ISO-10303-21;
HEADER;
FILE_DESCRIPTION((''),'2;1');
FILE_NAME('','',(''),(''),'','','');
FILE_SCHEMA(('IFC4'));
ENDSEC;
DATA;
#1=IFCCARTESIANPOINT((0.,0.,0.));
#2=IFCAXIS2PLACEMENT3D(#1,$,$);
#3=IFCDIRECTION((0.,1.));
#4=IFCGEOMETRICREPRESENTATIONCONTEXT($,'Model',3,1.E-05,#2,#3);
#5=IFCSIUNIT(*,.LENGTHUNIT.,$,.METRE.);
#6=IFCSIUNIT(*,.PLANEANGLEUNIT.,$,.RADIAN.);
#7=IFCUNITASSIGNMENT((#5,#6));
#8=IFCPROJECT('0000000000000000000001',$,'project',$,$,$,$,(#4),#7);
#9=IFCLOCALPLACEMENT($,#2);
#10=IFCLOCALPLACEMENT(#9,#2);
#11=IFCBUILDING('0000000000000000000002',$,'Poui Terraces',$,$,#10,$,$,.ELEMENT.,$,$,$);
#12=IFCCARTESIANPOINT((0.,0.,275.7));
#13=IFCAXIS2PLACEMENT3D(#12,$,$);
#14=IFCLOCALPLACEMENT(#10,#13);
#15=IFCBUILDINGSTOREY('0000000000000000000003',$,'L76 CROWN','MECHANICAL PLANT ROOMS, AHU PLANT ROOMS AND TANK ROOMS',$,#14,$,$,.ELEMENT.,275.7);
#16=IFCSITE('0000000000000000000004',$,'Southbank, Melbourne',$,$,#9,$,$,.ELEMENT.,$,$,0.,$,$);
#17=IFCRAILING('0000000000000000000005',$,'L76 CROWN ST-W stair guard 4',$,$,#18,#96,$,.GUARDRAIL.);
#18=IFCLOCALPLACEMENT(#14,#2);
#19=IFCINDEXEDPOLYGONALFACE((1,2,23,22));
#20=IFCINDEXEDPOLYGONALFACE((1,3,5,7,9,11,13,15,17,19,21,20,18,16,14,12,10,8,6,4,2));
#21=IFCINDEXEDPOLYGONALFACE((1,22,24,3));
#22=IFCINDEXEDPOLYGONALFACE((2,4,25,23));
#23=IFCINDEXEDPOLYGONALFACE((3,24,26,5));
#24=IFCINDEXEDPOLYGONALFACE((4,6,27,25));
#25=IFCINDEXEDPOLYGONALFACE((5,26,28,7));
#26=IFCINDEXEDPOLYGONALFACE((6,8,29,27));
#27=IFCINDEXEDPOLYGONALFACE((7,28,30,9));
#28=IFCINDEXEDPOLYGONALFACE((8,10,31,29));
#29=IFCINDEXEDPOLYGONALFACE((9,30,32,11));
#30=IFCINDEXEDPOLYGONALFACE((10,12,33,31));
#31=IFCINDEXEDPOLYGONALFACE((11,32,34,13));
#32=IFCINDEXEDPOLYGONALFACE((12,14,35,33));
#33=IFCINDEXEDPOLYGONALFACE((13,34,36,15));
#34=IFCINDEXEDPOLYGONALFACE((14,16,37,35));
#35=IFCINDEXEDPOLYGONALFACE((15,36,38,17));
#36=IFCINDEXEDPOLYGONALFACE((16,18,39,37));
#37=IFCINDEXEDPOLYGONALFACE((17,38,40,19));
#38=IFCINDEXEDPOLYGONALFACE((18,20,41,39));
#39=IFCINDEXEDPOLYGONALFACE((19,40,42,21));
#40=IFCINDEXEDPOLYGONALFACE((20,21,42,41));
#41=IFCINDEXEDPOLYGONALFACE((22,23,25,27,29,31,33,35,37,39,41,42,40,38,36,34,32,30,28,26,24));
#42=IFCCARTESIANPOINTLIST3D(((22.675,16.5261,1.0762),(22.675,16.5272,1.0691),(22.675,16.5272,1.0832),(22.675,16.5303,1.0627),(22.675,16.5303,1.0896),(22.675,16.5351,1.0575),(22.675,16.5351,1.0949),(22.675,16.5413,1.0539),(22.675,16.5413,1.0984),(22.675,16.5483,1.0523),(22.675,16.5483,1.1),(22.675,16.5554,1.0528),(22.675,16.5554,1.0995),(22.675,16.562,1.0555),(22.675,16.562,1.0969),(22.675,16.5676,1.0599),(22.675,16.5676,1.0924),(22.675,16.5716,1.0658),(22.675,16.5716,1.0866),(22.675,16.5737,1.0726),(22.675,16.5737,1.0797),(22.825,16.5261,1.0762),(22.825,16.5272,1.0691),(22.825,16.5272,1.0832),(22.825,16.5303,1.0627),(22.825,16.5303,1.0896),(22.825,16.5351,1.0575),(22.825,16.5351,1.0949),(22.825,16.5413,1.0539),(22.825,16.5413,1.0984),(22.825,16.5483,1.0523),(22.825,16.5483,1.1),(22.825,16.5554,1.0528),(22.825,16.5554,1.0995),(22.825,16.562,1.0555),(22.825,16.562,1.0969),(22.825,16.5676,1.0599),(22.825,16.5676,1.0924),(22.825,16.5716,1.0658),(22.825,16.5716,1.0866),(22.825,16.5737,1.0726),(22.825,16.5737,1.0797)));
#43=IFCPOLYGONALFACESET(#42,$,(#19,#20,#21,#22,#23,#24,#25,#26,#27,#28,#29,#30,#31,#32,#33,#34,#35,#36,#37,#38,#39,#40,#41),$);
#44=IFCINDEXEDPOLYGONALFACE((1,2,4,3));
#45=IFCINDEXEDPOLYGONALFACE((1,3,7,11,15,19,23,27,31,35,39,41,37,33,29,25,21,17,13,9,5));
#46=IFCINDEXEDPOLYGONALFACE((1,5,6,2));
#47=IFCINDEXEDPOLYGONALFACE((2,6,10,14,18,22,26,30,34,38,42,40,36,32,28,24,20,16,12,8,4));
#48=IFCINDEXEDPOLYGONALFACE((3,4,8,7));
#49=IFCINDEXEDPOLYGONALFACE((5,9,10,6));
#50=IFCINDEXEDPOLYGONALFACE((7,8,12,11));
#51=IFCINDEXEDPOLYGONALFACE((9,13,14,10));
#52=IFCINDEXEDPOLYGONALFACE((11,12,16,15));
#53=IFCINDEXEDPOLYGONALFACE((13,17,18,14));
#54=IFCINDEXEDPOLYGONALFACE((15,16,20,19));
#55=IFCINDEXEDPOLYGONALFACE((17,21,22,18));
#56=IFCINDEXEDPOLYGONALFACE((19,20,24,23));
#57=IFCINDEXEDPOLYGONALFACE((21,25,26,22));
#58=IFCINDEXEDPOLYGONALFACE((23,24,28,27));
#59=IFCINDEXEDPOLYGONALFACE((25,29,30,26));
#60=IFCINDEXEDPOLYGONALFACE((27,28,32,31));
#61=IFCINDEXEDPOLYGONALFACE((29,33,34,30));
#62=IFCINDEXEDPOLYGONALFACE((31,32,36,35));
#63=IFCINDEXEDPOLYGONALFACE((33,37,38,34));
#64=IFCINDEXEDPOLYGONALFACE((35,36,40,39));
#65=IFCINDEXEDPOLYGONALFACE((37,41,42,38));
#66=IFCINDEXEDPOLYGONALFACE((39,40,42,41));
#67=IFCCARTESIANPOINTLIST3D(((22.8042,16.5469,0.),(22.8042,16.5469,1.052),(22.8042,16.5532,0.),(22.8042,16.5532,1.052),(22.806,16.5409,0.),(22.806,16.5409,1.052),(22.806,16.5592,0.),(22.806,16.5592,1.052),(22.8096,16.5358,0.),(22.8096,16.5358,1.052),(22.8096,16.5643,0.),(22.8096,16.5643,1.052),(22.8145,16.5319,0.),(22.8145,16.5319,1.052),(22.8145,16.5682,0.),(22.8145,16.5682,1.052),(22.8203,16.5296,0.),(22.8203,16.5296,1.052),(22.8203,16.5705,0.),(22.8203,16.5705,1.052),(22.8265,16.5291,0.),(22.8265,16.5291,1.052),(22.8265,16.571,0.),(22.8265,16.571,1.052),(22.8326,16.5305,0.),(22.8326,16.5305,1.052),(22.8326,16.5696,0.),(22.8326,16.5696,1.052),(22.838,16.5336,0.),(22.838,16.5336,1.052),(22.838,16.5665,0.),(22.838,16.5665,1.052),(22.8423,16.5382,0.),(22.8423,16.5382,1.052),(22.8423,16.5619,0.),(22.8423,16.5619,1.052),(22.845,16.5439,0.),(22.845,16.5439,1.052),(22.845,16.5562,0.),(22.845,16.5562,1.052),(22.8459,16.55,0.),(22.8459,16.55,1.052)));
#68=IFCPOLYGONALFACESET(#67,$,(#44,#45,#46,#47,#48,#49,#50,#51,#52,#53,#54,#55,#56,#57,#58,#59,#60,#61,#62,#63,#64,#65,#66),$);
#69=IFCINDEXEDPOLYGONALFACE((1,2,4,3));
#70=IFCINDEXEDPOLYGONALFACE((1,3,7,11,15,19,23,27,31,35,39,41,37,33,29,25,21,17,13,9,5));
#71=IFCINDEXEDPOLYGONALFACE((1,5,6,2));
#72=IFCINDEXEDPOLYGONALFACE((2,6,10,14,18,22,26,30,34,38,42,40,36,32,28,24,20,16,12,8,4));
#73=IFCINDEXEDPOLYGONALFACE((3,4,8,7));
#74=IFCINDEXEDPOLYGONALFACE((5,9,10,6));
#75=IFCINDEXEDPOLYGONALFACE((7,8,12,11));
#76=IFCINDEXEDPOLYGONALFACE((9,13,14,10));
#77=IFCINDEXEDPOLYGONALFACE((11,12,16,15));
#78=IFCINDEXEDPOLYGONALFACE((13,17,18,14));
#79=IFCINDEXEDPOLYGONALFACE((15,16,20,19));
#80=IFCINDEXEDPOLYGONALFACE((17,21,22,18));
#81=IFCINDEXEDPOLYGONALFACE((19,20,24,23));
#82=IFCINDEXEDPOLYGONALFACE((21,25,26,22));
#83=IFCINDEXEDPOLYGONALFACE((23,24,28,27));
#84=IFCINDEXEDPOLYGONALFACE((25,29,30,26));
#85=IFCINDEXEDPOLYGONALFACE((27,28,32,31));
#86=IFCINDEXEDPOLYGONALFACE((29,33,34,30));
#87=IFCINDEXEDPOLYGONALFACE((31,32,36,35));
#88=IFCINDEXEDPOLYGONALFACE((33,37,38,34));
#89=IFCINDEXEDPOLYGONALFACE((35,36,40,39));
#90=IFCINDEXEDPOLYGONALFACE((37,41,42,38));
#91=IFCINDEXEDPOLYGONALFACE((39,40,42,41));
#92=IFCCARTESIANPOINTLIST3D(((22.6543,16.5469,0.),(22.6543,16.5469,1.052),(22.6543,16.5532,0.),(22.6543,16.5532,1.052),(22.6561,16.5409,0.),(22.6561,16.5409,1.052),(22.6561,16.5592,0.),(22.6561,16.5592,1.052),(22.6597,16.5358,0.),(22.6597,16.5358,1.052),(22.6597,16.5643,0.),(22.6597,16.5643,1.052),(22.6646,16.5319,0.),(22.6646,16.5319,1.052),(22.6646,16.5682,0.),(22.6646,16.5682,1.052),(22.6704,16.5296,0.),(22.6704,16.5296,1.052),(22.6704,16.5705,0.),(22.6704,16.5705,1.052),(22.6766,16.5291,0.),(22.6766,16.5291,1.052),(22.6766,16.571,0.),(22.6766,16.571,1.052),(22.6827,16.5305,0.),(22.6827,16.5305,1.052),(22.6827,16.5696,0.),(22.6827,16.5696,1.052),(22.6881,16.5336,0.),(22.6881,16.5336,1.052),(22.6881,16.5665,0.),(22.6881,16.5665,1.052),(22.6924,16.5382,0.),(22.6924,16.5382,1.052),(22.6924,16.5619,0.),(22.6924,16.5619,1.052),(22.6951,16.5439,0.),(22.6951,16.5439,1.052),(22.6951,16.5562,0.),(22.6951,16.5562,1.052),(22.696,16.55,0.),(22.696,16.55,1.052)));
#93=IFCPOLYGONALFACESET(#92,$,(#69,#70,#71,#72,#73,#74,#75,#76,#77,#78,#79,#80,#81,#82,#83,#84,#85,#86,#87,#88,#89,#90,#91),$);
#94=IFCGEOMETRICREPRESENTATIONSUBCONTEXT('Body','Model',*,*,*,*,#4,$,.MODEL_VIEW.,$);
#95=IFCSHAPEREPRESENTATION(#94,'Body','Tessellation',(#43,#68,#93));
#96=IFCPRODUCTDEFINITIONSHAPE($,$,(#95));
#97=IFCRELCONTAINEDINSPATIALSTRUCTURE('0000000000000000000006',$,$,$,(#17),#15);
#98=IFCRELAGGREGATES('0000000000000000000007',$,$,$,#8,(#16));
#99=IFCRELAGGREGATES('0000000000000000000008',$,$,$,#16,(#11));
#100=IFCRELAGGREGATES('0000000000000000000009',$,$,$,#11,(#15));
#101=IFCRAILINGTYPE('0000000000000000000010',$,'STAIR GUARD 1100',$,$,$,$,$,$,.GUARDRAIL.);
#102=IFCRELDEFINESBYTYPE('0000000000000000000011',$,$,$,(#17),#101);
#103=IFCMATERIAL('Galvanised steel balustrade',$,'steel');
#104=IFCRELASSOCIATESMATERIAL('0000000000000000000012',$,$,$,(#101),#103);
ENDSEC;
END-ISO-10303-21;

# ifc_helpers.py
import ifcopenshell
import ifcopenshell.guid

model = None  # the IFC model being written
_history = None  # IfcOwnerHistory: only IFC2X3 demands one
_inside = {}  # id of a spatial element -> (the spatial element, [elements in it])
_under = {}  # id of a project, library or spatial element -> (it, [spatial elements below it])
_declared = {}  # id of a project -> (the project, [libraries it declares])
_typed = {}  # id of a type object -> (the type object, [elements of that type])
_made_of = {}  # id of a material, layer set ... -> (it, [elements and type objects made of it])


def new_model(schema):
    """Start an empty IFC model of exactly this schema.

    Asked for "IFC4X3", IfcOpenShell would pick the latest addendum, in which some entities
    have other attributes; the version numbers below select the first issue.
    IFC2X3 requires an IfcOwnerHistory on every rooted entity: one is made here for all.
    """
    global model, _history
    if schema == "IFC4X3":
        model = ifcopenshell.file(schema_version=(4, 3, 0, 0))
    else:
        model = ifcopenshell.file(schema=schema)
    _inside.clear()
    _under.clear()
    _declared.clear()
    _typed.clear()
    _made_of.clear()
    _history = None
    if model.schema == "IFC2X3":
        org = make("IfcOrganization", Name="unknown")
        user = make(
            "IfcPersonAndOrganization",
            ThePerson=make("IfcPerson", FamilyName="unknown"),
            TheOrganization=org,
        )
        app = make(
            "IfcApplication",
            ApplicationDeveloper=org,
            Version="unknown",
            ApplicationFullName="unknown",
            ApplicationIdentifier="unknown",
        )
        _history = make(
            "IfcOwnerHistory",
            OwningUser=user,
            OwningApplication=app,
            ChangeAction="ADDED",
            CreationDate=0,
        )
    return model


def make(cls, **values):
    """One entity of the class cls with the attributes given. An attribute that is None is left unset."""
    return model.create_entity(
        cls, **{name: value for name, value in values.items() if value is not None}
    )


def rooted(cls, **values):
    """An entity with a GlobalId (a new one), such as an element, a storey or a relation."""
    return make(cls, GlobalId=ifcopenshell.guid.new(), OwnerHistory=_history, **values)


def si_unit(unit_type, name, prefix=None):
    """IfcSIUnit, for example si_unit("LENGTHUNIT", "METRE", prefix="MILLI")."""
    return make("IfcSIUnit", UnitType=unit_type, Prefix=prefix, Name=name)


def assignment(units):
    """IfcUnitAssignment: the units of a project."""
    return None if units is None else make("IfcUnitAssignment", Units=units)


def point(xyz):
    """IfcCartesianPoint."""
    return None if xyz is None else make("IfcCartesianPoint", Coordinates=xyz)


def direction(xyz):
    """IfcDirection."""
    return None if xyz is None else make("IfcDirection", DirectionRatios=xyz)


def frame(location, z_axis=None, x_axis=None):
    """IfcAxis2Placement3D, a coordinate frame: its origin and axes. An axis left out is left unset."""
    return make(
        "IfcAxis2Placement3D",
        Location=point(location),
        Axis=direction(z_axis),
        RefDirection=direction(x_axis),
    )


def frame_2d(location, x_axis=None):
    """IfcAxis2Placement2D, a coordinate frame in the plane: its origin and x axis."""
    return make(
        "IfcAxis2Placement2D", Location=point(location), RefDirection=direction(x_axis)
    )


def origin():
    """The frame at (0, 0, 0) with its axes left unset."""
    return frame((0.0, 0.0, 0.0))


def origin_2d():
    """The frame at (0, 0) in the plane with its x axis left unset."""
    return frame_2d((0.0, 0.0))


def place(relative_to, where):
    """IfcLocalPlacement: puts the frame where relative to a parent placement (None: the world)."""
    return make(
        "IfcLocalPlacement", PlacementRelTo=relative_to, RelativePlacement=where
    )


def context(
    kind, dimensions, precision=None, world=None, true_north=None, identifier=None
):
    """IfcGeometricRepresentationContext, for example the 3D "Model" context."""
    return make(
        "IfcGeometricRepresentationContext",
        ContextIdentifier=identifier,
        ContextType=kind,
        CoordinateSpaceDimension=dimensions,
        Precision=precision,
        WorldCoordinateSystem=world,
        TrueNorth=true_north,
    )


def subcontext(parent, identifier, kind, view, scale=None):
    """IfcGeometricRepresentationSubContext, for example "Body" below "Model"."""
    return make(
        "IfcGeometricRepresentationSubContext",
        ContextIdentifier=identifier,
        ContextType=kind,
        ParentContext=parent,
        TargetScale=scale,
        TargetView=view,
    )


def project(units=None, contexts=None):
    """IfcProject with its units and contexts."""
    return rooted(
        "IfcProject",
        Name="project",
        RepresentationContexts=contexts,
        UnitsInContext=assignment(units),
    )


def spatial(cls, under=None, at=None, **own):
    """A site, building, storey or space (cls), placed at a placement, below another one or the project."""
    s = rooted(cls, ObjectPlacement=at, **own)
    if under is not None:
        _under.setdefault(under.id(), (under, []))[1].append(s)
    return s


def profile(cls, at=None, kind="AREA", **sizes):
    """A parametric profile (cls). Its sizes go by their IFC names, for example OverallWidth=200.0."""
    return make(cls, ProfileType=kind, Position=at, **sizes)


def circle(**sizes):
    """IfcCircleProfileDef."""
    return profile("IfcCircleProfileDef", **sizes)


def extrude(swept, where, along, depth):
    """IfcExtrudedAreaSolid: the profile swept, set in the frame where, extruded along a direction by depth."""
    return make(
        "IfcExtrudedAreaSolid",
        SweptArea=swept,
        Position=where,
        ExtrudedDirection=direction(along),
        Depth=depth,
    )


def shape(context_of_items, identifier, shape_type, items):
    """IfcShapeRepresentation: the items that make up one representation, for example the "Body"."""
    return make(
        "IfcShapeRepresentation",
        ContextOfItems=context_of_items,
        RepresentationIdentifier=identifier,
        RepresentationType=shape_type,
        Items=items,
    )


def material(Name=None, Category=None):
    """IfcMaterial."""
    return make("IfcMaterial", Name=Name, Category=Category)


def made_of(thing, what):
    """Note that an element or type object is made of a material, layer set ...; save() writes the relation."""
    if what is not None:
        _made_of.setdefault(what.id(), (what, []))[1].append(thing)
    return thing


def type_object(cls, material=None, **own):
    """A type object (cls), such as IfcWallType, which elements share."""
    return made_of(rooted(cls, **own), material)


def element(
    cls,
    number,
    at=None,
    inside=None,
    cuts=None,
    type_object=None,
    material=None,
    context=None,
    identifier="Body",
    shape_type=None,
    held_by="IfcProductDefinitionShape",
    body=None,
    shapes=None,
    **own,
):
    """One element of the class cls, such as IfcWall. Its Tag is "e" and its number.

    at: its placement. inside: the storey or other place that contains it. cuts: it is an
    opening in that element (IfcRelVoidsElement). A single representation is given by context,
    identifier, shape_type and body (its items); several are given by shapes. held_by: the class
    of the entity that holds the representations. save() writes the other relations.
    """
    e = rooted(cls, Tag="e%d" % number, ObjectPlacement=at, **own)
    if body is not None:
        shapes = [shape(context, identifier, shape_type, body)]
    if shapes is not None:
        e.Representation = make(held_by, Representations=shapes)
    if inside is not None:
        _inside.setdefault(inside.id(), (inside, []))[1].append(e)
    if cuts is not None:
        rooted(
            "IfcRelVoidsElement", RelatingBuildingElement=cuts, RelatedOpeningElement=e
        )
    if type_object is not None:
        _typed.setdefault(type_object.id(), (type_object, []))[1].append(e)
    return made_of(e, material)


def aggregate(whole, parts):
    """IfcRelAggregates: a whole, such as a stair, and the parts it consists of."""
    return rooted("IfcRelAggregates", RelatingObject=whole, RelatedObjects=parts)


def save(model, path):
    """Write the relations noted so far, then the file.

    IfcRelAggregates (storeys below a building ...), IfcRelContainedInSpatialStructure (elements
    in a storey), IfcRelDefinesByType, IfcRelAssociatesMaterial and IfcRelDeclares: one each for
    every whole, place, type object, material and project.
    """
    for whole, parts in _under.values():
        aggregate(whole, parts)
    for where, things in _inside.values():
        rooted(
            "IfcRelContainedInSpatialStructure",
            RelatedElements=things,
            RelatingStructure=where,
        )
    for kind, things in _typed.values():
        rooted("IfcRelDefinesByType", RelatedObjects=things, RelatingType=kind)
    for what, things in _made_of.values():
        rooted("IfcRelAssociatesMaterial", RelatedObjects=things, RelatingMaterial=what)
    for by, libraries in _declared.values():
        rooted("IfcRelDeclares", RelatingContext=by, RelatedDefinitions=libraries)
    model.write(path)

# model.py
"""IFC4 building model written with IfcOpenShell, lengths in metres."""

from ifc_helpers import new_model, si_unit, direction, frame, origin, origin_2d, place, context, subcontext, project, spatial, circle, extrude, material, type_object, element, save


model = new_model("IFC4")

# Units and contexts
model_context = context("Model", 3, precision=1e-05, world=origin(), true_north=direction((0.0, 1.0)))
body_context = subcontext(model_context, "Body", "Model", "MODEL_VIEW")
ifc_project = project(units=[si_unit("LENGTHUNIT", "METRE"), si_unit("PLANEANGLEUNIT", "RADIAN")], contexts=[model_context])

# Site, building, storey
site_placement = place(None, origin())
site = spatial("IfcSite", under=ifc_project, at=site_placement, Name="Southbank, Melbourne", CompositionType="ELEMENT", RefElevation=0.0)
building_placement = place(site_placement, origin())
building = spatial("IfcBuilding", under=site, at=building_placement, Name="Poui Terraces", CompositionType="ELEMENT")
storey_placement = place(building_placement, frame((0.0, 0.0, 275.7)))
storey = spatial("IfcBuildingStorey", under=building, at=storey_placement, Name="L76 CROWN", Description="MECHANICAL PLANT ROOMS, AHU PLANT ROOMS AND TANK ROOMS", CompositionType="ELEMENT", Elevation=275.7)

# Railing
ifc_material_1 = material(Name="Galvanised steel balustrade", Category="steel")
railing_type_1 = type_object("IfcRailingType", Name="STAIR GUARD 1100", PredefinedType="GUARDRAIL", material=ifc_material_1)
railing_1_placement = place(storey_placement, frame((22.825, 16.55, 0.0)))
element("IfcRailing", 1, at=railing_1_placement, inside=storey, type_object=railing_type_1, Name="L76 CROWN ST-W stair guard 4", PredefinedType="GUARDRAIL", context=body_context, shape_type="SweptSolid", body=[
    extrude(circle(Radius=0.0239, at=origin_2d()), frame((0.0, 0.0, 1.0762), z_axis=(-1.0, 0.0, 0.0), x_axis=(0.0, -1.0, 0.0)), (0.0, 0.0, 1.0), 0.1499),
    extrude(circle(Radius=0.021, at=origin_2d()), origin(), (0.0, 0.0, 1.0), 1.052),
    extrude(circle(Radius=0.021, at=origin_2d()), frame((-0.1499, 0.0, 0.0)), (0.0, 0.0, 1.0), 1.052),
])

save(model, "model.ifc")
